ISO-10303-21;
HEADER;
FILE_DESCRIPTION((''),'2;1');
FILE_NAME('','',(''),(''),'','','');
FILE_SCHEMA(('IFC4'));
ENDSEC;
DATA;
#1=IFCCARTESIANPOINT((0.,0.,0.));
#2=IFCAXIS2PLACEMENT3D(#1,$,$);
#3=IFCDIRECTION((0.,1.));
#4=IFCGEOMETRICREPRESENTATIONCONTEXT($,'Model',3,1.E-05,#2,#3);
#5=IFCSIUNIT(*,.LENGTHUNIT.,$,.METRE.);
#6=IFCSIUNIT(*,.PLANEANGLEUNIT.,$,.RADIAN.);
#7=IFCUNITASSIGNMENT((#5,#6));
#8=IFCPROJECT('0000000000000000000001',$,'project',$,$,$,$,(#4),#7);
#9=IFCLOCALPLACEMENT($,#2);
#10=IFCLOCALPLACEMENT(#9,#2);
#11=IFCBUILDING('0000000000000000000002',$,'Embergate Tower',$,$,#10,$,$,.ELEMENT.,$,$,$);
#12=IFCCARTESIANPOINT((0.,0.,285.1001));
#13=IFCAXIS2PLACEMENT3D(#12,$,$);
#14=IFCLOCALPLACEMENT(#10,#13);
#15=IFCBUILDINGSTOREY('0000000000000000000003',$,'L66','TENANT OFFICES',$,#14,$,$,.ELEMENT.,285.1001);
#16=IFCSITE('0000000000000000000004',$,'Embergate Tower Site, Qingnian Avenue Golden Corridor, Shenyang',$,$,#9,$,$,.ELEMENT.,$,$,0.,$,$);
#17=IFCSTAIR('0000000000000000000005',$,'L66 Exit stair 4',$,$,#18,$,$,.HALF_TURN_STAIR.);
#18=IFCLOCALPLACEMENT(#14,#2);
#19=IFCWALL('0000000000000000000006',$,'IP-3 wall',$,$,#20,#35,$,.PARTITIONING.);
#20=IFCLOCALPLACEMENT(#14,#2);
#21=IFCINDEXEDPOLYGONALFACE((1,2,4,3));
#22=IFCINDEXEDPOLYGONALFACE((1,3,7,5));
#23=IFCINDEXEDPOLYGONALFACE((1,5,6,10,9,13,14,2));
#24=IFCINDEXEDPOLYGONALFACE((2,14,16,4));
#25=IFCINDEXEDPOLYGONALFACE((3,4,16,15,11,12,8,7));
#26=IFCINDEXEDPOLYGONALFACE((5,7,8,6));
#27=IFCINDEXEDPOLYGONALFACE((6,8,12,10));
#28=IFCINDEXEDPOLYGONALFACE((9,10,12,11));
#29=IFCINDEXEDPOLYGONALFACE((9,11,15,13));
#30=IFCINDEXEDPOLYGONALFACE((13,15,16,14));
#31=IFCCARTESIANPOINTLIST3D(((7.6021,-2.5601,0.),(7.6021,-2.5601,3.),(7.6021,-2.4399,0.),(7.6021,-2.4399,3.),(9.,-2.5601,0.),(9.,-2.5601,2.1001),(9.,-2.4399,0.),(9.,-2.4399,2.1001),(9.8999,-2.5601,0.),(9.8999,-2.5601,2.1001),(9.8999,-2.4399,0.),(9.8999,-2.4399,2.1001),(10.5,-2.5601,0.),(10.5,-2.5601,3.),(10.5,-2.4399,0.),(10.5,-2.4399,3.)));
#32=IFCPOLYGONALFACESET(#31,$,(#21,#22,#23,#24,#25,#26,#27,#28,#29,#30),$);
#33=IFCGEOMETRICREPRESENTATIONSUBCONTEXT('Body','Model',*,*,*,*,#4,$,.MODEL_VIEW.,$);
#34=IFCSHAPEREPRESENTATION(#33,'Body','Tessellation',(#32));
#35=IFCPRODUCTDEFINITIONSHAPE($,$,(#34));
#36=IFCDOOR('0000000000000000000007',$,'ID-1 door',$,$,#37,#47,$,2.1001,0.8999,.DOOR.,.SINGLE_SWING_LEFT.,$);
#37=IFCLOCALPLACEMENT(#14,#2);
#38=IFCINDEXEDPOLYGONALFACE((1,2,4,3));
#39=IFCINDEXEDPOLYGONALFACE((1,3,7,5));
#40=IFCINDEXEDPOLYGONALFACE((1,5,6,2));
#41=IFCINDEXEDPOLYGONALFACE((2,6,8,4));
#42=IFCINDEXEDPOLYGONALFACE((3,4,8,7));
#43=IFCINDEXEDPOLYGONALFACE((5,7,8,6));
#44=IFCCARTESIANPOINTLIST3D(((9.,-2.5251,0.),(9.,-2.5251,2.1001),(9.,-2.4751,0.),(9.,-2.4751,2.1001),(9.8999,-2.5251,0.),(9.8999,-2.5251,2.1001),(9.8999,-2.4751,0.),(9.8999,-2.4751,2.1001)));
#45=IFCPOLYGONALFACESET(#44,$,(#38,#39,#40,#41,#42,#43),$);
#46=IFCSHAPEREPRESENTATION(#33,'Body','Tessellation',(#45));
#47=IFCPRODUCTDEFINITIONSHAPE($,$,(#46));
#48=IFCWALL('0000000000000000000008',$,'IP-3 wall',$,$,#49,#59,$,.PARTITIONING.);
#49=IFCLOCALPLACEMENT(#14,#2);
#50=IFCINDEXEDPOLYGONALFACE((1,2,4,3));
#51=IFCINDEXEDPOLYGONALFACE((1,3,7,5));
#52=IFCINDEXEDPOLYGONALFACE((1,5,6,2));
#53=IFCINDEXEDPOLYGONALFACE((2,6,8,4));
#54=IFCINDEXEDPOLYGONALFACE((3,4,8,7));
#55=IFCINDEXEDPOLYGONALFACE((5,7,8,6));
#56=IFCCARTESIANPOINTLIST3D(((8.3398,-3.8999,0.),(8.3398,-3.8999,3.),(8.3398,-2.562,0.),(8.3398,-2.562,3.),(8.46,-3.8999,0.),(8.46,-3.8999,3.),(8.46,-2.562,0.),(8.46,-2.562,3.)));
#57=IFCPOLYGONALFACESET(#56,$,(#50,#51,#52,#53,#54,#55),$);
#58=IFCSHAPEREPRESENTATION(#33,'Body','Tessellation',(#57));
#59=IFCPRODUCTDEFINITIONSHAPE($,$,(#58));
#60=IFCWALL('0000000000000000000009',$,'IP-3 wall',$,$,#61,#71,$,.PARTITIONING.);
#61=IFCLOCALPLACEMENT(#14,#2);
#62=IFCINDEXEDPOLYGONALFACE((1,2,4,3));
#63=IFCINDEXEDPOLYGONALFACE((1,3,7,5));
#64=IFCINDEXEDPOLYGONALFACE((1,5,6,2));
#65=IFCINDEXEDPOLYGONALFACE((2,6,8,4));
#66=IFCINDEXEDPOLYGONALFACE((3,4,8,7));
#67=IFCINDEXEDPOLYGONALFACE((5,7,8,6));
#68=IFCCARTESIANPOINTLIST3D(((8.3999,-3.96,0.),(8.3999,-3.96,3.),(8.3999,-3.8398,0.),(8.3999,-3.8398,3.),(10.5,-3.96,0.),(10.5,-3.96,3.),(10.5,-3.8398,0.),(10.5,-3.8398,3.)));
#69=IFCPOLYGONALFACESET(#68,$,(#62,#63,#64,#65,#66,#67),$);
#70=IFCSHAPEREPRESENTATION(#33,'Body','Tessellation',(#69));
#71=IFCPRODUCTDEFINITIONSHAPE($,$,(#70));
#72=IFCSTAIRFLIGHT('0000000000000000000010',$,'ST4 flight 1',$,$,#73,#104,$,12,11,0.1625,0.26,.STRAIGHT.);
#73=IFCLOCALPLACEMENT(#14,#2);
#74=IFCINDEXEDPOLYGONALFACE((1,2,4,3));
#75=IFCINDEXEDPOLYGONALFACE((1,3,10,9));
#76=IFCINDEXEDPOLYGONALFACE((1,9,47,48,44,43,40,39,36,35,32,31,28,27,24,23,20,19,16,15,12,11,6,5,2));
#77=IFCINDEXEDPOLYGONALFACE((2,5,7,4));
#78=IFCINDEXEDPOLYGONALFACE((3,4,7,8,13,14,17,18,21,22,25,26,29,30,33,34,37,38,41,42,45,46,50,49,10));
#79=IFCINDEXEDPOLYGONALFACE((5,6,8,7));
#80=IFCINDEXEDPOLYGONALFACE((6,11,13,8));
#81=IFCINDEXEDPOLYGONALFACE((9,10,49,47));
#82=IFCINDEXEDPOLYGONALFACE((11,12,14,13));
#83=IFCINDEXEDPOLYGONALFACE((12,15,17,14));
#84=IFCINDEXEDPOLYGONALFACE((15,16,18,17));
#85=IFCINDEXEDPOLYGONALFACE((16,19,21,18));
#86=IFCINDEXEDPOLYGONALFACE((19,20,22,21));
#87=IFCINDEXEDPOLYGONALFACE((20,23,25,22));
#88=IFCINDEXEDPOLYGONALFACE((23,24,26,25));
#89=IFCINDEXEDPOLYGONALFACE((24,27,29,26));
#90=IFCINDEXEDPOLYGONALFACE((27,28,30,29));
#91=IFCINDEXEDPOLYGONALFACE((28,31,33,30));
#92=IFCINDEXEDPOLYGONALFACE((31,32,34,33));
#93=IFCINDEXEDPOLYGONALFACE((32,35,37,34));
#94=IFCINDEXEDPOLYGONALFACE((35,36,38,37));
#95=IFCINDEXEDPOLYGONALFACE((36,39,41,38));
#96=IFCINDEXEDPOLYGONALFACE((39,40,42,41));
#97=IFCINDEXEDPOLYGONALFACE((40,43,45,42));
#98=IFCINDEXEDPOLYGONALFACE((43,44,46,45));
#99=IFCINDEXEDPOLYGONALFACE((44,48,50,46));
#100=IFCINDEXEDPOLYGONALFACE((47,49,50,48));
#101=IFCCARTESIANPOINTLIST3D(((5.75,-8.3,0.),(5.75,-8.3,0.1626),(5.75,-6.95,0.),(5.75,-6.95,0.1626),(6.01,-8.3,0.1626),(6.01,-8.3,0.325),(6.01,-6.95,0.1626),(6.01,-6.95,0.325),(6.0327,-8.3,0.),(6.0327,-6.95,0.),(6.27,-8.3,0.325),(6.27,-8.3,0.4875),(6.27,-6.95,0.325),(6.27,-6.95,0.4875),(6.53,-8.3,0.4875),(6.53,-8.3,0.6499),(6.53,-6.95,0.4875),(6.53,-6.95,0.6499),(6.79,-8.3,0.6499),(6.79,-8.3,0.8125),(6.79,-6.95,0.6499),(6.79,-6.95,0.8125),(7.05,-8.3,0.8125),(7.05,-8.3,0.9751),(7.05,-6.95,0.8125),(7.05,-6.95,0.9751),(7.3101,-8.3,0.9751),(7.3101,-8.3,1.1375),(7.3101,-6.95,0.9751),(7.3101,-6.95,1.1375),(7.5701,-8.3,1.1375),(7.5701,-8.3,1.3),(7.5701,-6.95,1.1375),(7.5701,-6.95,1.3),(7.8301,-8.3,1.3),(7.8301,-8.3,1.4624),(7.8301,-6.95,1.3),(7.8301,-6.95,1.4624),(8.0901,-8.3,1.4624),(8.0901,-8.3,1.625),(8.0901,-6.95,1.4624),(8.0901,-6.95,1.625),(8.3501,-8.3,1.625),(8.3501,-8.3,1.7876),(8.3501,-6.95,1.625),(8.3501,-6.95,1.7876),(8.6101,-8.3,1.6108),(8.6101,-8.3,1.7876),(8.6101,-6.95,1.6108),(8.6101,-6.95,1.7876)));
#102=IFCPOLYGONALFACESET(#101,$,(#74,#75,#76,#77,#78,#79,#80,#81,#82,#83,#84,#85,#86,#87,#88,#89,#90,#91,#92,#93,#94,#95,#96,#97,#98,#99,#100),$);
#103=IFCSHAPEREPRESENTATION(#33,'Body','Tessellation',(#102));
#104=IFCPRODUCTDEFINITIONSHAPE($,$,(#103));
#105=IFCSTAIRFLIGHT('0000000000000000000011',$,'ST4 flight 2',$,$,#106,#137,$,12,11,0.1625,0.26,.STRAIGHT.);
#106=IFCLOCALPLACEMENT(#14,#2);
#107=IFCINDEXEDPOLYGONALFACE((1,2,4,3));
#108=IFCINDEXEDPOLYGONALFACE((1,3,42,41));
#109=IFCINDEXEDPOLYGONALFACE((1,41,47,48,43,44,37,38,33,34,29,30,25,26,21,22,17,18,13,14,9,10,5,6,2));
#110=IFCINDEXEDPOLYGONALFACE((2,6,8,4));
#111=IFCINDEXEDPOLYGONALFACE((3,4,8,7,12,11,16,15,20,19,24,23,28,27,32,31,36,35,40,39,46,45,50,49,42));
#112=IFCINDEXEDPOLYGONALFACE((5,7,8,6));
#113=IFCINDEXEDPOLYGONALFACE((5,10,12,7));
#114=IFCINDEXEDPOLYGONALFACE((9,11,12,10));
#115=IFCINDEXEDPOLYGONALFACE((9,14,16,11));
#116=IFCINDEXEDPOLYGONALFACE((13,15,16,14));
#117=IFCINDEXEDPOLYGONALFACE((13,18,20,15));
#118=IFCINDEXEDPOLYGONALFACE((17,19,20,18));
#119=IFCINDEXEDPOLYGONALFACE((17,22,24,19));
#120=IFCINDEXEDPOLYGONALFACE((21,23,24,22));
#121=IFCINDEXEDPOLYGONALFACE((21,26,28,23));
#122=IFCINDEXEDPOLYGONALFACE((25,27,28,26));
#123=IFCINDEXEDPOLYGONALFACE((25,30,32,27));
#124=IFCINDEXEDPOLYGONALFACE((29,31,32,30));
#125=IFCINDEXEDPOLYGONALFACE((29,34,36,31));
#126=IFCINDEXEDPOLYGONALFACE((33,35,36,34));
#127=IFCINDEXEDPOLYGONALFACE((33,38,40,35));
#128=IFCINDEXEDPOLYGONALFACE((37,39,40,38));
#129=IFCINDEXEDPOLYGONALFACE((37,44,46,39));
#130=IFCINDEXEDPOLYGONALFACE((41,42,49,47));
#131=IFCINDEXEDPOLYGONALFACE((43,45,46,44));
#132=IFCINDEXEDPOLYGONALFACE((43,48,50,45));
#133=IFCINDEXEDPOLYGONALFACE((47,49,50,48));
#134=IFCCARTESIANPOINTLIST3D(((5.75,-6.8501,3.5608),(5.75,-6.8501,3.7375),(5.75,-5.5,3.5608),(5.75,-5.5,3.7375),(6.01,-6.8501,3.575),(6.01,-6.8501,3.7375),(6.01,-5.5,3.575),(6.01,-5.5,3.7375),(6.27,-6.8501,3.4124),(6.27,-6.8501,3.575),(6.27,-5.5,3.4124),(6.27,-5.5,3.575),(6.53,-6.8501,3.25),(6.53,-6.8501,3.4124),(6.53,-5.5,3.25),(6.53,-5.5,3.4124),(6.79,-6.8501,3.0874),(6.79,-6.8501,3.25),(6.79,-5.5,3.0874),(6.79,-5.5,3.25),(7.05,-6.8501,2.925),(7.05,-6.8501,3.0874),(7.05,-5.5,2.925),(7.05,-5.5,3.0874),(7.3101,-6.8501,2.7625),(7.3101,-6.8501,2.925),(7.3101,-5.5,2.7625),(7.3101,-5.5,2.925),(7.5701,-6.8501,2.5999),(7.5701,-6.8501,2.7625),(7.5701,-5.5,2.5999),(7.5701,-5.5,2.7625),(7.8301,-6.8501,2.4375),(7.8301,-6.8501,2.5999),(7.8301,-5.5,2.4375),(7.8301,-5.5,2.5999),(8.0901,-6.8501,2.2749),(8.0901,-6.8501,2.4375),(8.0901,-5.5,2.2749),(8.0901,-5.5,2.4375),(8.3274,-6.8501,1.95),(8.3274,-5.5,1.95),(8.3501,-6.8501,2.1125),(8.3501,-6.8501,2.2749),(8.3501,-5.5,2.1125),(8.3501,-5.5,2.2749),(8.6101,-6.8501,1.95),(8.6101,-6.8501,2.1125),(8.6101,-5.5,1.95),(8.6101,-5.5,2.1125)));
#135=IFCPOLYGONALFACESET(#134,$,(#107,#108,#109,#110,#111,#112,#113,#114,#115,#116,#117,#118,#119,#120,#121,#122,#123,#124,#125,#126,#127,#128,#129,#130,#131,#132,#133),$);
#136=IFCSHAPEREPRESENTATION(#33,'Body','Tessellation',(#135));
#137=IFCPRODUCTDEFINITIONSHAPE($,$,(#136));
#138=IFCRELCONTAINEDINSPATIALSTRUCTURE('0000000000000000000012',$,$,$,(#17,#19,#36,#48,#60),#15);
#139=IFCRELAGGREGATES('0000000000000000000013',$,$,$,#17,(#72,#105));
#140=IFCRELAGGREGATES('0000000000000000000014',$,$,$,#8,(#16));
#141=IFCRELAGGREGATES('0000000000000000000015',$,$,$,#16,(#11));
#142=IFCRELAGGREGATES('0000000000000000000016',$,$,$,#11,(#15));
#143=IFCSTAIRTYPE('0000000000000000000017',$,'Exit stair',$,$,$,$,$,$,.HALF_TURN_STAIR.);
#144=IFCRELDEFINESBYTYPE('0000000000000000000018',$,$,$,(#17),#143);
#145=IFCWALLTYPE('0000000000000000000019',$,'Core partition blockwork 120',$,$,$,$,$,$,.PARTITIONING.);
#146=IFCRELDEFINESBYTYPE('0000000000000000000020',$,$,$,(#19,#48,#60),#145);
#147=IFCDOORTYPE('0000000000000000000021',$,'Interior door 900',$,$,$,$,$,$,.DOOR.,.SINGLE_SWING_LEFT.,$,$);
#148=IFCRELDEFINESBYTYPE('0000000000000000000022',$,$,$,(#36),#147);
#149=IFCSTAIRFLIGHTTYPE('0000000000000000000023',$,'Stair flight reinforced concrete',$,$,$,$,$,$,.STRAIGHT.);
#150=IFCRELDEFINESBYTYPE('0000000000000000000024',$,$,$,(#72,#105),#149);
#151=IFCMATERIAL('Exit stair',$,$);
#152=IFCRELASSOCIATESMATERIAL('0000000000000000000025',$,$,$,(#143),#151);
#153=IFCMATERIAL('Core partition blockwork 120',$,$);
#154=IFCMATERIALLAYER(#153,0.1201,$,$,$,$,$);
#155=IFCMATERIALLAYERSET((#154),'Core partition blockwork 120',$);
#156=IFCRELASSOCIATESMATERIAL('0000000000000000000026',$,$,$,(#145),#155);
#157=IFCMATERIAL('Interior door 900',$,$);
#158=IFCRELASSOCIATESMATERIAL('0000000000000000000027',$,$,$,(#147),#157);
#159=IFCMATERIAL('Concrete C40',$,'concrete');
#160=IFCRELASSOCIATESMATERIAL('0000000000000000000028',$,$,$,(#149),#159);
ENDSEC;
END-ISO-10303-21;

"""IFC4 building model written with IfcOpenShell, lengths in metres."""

from ifc_helpers import new_model, si_unit, direction, frame, frame_2d, origin, place, context, subcontext, project, spatial, polyline, rectangle, outline, extrude, source, transform, mapped, material, layer, layer_set, type_object, element, fill, aggregate, save


model = new_model("IFC4")

# Units and contexts
model_context = context("Model", 3, precision=1e-05, world=origin(), true_north=direction((0.0, 1.0)))
body_context = subcontext(model_context, "Body", "Model", "MODEL_VIEW")
ifc_project = project(units=[si_unit("LENGTHUNIT", "METRE"), si_unit("PLANEANGLEUNIT", "RADIAN")], contexts=[model_context])

# Site, building, storey
site_placement = place(None, origin())
site = spatial("IfcSite", under=ifc_project, at=site_placement, Name="Embergate Tower Site, Qingnian Avenue Golden Corridor, Shenyang", CompositionType="ELEMENT", RefElevation=0.0)
building_placement = place(site_placement, origin())
building = spatial("IfcBuilding", under=site, at=building_placement, Name="Embergate Tower", CompositionType="ELEMENT")
storey_placement = place(building_placement, frame((0.0, 0.0, 285.1001)))
storey = spatial("IfcBuildingStorey", under=building, at=storey_placement, Name="L66", Description="TENANT OFFICES", CompositionType="ELEMENT", Elevation=285.1001)

# Stair
ifc_material_1 = material(Name="Exit stair")
stair_type = type_object("IfcStairType", Name="Exit stair", PredefinedType="HALF_TURN_STAIR", material=ifc_material_1)
stair_placement = place(storey_placement, origin())
stair = element("IfcStair", 1, at=stair_placement, inside=storey, type_object=stair_type, Name="L66 Exit stair 4", PredefinedType="HALF_TURN_STAIR")
ifc_material_2 = material(Name="Concrete C40", Category="concrete")

# Wall, opening, door
ifc_material_3 = material(Name="Core partition blockwork 120")
ifc_layer_1 = layer(ifc_material_3, 0.1201)
ifc_layer_set_1 = layer_set([ifc_layer_1], Name="Core partition blockwork 120")
wall_type_1 = type_object("IfcWallType", Name="Core partition blockwork 120", PredefinedType="PARTITIONING", material=ifc_layer_set_1)
shared_shape_1 = source(origin(), body_context, "Body", "SweptSolid", [
    extrude(rectangle(XDim=2.8979, YDim=0.1201, at=frame_2d((1.449, 0.0))), origin(), (0.0, 0.0, 1.0), 3.0),
])
wall_1_placement = place(storey_placement, frame((7.6021, -2.5, 0.0), z_axis=(0.0, 0.0, 1.0), x_axis=(1.0, 0.0, 0.0)))
wall_1 = element("IfcWall", 2, at=wall_1_placement, inside=storey, type_object=wall_type_1, Name="IP-3 wall", PredefinedType="PARTITIONING", context=body_context, shape_type="MappedRepresentation", body=[
    mapped(shared_shape_1, transform((0.0, 0.0, 0.0))),
])
shared_shape_2 = source(origin(), body_context, "Body", "SweptSolid", [
    extrude(rectangle(XDim=0.8999, YDim=2.1001, at=frame_2d((0.45, 1.05))), frame((0.0, 0.0701, 0.0), z_axis=(0.0, -1.0, 0.0), x_axis=(1.0, 0.0, 0.0)), (0.0, 0.0, 1.0), 0.1401),
])
opening_1_placement = place(wall_1_placement, frame((1.3979, 0.0, 0.0)))
opening_1 = element("IfcOpeningElement", 3, at=opening_1_placement, cuts=wall_1, PredefinedType="OPENING", context=body_context, shape_type="MappedRepresentation", body=[
    mapped(shared_shape_2, transform((0.0, 0.0, 0.0))),
])
ifc_material_4 = material(Name="Interior door 900")
door_type_1 = type_object("IfcDoorType", Name="Interior door 900", OperationType="SINGLE_SWING_LEFT", PredefinedType="DOOR", material=ifc_material_4)
shared_shape_3 = source(origin(), body_context, "Body", "SweptSolid", [
    extrude(rectangle(XDim=0.8999, YDim=2.1001, at=frame_2d((0.45, 1.05))), frame((0.0, 0.0249, 0.0), z_axis=(0.0, -1.0, 0.0), x_axis=(1.0, 0.0, 0.0)), (0.0, 0.0, 1.0), 0.05),
])
door_1_placement = place(opening_1_placement, origin())
door_1 = element("IfcDoor", 4, at=door_1_placement, inside=storey, type_object=door_type_1, Name="ID-1 door", OperationType="SINGLE_SWING_LEFT", OverallHeight=2.1001, OverallWidth=0.8999, PredefinedType="DOOR", context=body_context, shape_type="MappedRepresentation", body=[
    mapped(shared_shape_3, transform((0.0, 0.0, 0.0))),
])
fill(opening_1, door_1)

# Walls
shared_shape_4 = source(origin(), body_context, "Body", "SweptSolid", [
    extrude(rectangle(XDim=1.3379, YDim=0.1201, at=frame_2d((0.6689, 0.0))), origin(), (0.0, 0.0, 1.0), 3.0),
])
wall_2_placement = place(storey_placement, frame((8.3999, -2.562, 0.0), z_axis=(0.0, 0.0, 1.0), x_axis=(0.0, -1.0, 0.0)))
element("IfcWall", 5, at=wall_2_placement, inside=storey, type_object=wall_type_1, Name="IP-3 wall", PredefinedType="PARTITIONING", context=body_context, shape_type="MappedRepresentation", body=[
    mapped(shared_shape_4, transform((0.0, 0.0, 0.0))),
])
shared_shape_5 = source(origin(), body_context, "Body", "SweptSolid", [
    extrude(rectangle(XDim=2.1001, YDim=0.1201, at=frame_2d((1.05, 0.0))), origin(), (0.0, 0.0, 1.0), 3.0),
])
wall_3_placement = place(storey_placement, frame((8.3999, -3.8999, 0.0), z_axis=(0.0, 0.0, 1.0), x_axis=(1.0, 0.0, 0.0)))
element("IfcWall", 6, at=wall_3_placement, inside=storey, type_object=wall_type_1, Name="IP-3 wall", PredefinedType="PARTITIONING", context=body_context, shape_type="MappedRepresentation", body=[
    mapped(shared_shape_5, transform((0.0, 0.0, 0.0))),
])

# Stair flights
stair_flight_type = type_object("IfcStairFlightType", Name="Stair flight reinforced concrete", PredefinedType="STRAIGHT", material=ifc_material_2)
shared_shape_6 = source(origin(), body_context, "Body", "SweptSolid", [
    extrude(outline(polyline([(0.0, 0.0), (0.0, 0.1626), (0.26, 0.1626), (0.26, 0.325), (0.52, 0.325), (0.52, 0.4875), (0.78, 0.4875), (0.78, 0.6499), (1.04, 0.6499), (1.04, 0.8125), (1.3, 0.8125), (1.3, 0.9751), (1.5601, 0.9751), (1.5601, 1.1375), (1.8201, 1.1375), (1.8201, 1.3), (2.0801, 1.3), (2.0801, 1.4624), (2.3401, 1.4624), (2.3401, 1.625), (2.6001, 1.625), (2.6001, 1.7876), (2.8601, 1.7876), (2.8601, 1.95), (2.8601, 1.6108), (0.2827, 0.0), (0.0, 0.0)])), frame((0.0, 0.675, 0.0), z_axis=(0.0, -1.0, 0.0), x_axis=(1.0, 0.0, 0.0)), (0.0, 0.0, 1.0), 1.3501),
])
stair_flight_1_placement = place(storey_placement, frame((5.75, -7.625, 0.0), z_axis=(0.0, 0.0, 1.0), x_axis=(1.0, 0.0, 0.0)))
stair_flight_1 = element("IfcStairFlight", 7, at=stair_flight_1_placement, type_object=stair_flight_type, Name="ST4 flight 1", NumberOfRisers=12, NumberOfTreads=11, PredefinedType="STRAIGHT", RiserHeight=0.1625, TreadLength=0.26, context=body_context, shape_type="MappedRepresentation", body=[
    mapped(shared_shape_6, transform((0.0, 0.0, 0.0))),
])
stair_flight_2_placement = place(storey_placement, frame((8.6101, -6.175, 1.95), z_axis=(0.0, 0.0, 1.0), x_axis=(-1.0, 0.0, 0.0)))
stair_flight_2 = element("IfcStairFlight", 8, at=stair_flight_2_placement, type_object=stair_flight_type, Name="ST4 flight 2", NumberOfRisers=12, NumberOfTreads=11, PredefinedType="STRAIGHT", RiserHeight=0.1625, TreadLength=0.26, context=body_context, shape_type="MappedRepresentation", body=[
    mapped(shared_shape_6, transform((0.0, 0.0, 0.0))),
])
aggregate(stair, [stair_flight_1, stair_flight_2])

save(model, "model.ifc")
